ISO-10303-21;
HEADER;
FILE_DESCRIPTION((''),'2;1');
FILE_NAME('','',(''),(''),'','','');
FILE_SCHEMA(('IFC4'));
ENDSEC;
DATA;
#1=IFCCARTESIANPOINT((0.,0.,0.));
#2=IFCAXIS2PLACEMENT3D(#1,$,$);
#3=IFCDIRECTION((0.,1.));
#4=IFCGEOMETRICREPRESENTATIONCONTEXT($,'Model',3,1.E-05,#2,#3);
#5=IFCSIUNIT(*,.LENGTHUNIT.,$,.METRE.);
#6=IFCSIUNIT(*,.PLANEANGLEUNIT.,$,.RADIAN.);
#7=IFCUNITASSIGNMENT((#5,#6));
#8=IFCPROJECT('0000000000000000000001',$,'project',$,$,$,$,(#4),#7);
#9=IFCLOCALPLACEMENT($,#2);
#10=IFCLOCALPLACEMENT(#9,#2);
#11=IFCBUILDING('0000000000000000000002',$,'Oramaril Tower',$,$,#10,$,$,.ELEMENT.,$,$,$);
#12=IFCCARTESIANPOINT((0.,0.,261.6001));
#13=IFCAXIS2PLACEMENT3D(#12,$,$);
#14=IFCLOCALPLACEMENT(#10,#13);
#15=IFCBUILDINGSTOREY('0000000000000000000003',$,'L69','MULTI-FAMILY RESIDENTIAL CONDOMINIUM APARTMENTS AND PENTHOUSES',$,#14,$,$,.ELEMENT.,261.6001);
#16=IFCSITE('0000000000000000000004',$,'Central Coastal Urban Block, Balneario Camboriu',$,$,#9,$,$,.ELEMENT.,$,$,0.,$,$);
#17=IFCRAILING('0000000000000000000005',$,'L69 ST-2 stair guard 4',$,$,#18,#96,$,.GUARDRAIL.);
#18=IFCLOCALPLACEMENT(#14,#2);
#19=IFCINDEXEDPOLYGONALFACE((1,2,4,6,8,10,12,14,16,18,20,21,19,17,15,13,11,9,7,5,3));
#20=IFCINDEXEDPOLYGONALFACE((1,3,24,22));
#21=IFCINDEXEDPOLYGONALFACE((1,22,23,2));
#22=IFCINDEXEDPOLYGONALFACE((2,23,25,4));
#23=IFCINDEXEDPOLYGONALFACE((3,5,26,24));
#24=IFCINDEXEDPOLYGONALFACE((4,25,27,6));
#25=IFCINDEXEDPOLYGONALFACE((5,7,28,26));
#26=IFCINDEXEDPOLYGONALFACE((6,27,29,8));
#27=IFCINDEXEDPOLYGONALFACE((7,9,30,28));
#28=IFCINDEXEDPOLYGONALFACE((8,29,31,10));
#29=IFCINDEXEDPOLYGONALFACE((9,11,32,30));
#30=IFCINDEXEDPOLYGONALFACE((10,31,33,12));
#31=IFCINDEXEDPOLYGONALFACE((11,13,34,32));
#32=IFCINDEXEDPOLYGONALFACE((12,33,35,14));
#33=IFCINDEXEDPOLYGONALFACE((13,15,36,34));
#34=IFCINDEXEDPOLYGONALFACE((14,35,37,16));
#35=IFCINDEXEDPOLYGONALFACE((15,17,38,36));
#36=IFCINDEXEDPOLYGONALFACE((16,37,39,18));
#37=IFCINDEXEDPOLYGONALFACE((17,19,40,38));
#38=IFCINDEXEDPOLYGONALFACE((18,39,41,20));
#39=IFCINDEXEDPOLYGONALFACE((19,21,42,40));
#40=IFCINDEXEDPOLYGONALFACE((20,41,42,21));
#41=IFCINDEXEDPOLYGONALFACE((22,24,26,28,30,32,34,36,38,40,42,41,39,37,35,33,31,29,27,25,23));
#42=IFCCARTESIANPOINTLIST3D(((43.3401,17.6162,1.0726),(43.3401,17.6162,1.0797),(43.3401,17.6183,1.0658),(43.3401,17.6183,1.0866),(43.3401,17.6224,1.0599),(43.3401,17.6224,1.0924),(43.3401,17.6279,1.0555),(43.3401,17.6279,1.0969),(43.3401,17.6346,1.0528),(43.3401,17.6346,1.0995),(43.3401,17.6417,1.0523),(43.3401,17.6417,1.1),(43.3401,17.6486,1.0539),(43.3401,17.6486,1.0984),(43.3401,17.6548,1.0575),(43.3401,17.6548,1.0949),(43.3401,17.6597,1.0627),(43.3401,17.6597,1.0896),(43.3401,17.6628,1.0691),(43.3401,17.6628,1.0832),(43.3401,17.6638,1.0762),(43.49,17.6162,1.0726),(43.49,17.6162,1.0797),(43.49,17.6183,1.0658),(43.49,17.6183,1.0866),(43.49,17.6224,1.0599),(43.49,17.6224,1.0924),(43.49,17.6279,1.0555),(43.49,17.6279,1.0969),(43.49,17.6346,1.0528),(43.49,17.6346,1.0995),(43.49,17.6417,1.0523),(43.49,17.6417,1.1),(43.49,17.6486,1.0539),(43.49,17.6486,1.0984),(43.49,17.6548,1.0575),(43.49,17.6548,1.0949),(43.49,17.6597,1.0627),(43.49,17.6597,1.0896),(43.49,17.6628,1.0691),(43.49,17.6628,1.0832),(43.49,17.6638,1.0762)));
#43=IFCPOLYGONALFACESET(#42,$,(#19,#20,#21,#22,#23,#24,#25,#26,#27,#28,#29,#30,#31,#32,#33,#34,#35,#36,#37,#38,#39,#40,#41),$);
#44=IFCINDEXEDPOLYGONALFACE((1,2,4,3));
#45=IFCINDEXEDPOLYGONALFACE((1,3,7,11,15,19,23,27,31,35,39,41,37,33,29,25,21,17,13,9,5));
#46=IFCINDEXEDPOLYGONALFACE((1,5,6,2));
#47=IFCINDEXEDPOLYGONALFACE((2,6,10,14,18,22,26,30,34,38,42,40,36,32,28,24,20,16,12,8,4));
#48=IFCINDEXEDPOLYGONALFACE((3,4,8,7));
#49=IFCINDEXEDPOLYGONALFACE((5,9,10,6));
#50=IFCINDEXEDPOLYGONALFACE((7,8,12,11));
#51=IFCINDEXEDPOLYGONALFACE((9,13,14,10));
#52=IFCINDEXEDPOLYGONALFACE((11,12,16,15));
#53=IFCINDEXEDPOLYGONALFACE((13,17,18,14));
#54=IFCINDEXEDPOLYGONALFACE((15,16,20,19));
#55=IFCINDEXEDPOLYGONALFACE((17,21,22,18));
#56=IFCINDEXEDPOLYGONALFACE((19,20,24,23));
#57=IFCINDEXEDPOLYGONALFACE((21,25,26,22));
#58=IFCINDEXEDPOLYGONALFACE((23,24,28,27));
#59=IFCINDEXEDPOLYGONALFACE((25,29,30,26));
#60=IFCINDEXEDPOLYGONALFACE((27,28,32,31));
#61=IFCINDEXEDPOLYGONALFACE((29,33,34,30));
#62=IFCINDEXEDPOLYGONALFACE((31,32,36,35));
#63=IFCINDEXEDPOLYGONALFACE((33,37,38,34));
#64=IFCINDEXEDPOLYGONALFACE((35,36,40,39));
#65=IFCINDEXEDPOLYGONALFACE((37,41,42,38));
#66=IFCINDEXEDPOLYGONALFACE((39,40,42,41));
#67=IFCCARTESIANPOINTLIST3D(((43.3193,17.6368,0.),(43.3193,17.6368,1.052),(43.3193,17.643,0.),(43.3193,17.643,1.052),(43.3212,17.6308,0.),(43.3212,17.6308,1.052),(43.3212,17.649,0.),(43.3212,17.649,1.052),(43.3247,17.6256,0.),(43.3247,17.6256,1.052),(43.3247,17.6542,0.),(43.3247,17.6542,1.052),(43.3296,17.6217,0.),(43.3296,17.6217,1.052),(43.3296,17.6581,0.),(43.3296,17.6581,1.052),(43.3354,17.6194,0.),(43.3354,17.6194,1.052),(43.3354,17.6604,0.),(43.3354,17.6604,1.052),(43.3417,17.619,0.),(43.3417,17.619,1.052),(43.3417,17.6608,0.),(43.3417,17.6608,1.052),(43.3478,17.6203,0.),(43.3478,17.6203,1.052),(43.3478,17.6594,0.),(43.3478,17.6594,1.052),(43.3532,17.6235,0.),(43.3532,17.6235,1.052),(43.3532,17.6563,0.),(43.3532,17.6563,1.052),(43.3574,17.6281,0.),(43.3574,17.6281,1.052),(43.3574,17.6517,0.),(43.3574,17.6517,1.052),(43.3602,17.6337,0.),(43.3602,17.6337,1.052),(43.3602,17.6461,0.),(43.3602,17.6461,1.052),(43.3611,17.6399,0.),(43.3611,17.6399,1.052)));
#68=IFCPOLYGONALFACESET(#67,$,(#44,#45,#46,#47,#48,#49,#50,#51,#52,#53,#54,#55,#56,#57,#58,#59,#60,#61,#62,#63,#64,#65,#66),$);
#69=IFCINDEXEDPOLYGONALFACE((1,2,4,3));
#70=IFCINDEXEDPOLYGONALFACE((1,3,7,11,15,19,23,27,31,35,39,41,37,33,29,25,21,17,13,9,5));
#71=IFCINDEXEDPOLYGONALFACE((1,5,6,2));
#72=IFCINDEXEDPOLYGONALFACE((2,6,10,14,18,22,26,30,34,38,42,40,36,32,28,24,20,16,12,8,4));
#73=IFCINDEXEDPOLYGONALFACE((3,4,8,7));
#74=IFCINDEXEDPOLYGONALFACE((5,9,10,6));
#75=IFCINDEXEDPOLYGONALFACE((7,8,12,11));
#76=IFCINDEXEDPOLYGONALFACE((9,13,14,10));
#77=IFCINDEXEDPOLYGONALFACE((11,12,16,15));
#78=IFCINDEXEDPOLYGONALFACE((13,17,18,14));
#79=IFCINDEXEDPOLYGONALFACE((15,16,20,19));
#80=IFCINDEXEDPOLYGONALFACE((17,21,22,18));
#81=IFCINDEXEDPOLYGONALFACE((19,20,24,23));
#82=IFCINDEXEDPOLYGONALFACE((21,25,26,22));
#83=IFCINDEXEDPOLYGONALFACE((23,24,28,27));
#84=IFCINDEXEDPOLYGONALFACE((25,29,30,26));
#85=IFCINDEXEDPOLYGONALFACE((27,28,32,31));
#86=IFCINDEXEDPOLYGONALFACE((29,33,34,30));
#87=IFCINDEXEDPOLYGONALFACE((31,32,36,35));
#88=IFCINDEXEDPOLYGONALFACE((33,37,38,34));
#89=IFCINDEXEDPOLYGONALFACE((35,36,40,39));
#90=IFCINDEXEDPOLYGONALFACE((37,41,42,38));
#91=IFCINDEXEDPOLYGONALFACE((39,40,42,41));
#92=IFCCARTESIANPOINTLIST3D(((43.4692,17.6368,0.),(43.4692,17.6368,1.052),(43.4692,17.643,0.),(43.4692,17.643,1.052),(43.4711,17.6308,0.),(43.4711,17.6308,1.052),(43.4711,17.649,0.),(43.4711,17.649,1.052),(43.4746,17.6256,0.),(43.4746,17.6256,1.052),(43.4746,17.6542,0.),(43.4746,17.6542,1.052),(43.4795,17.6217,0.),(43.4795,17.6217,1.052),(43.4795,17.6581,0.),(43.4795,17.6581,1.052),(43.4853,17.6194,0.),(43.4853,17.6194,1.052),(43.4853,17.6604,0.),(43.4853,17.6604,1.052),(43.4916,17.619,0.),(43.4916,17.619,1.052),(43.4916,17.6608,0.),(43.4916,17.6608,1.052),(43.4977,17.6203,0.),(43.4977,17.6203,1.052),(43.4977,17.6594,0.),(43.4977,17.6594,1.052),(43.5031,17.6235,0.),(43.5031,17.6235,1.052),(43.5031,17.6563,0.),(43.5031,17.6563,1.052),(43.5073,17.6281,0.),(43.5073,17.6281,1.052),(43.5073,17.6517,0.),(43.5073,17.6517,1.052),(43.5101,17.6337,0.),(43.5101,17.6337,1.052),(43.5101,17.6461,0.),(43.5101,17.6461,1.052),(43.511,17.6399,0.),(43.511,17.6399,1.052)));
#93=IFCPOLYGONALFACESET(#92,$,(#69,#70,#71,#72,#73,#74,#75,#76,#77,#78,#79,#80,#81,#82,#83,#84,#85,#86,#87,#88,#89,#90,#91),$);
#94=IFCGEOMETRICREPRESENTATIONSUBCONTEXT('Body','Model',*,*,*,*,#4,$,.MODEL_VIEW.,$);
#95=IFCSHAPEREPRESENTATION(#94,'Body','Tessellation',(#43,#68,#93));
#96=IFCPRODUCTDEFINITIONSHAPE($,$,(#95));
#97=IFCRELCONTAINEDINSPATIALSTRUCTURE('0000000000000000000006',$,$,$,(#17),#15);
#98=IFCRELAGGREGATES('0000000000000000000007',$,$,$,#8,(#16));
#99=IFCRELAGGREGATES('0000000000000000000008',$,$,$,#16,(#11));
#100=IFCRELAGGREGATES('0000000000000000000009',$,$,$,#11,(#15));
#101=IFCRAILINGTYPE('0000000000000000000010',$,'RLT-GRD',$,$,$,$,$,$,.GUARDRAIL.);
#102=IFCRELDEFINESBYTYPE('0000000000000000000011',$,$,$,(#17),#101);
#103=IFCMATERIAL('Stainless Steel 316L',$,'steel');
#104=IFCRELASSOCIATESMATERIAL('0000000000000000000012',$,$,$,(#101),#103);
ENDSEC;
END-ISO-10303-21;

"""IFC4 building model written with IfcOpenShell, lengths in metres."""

from ifc_helpers import new_model, si_unit, direction, frame, origin, origin_2d, place, context, subcontext, project, spatial, circle, extrude, material, type_object, element, save


model = new_model("IFC4")

# Units and contexts
model_context = context("Model", 3, precision=1e-05, world=origin(), true_north=direction((0.0, 1.0)))
body_context = subcontext(model_context, "Body", "Model", "MODEL_VIEW")
ifc_project = project(units=[si_unit("LENGTHUNIT", "METRE"), si_unit("PLANEANGLEUNIT", "RADIAN")], contexts=[model_context])

# Site, building, storey
site_placement = place(None, origin())
site = spatial("IfcSite", under=ifc_project, at=site_placement, Name="Central Coastal Urban Block, Balneario Camboriu", CompositionType="ELEMENT", RefElevation=0.0)
building_placement = place(site_placement, origin())
building = spatial("IfcBuilding", under=site, at=building_placement, Name="Oramaril Tower", CompositionType="ELEMENT")
storey_placement = place(building_placement, frame((0.0, 0.0, 261.6001)))
storey = spatial("IfcBuildingStorey", under=building, at=storey_placement, Name="L69", Description="MULTI-FAMILY RESIDENTIAL CONDOMINIUM APARTMENTS AND PENTHOUSES", CompositionType="ELEMENT", Elevation=261.6001)

# Railing
ifc_material_1 = material(Name="Stainless Steel 316L", Category="steel")
railing_type = type_object("IfcRailingType", Name="RLT-GRD", PredefinedType="GUARDRAIL", material=ifc_material_1)
railing_1_placement = place(storey_placement, frame((43.3401, 17.6399, 0.0)))
element("IfcRailing", 1, at=railing_1_placement, inside=storey, type_object=railing_type, Name="L69 ST-2 stair guard 4", PredefinedType="GUARDRAIL", context=body_context, shape_type="SweptSolid", body=[
    extrude(circle(Radius=0.0239, at=origin_2d()), frame((0.0, 0.0, 1.0762), z_axis=(1.0, 0.0, 0.0), x_axis=(0.0, 1.0, 0.0)), (0.0, 0.0, 1.0), 0.1499),
    extrude(circle(Radius=0.021, at=origin_2d()), origin(), (0.0, 0.0, 1.0), 1.052),
    extrude(circle(Radius=0.021, at=origin_2d()), frame((0.1499, 0.0, 0.0)), (0.0, 0.0, 1.0), 1.052),
])

save(model, "model.ifc")
